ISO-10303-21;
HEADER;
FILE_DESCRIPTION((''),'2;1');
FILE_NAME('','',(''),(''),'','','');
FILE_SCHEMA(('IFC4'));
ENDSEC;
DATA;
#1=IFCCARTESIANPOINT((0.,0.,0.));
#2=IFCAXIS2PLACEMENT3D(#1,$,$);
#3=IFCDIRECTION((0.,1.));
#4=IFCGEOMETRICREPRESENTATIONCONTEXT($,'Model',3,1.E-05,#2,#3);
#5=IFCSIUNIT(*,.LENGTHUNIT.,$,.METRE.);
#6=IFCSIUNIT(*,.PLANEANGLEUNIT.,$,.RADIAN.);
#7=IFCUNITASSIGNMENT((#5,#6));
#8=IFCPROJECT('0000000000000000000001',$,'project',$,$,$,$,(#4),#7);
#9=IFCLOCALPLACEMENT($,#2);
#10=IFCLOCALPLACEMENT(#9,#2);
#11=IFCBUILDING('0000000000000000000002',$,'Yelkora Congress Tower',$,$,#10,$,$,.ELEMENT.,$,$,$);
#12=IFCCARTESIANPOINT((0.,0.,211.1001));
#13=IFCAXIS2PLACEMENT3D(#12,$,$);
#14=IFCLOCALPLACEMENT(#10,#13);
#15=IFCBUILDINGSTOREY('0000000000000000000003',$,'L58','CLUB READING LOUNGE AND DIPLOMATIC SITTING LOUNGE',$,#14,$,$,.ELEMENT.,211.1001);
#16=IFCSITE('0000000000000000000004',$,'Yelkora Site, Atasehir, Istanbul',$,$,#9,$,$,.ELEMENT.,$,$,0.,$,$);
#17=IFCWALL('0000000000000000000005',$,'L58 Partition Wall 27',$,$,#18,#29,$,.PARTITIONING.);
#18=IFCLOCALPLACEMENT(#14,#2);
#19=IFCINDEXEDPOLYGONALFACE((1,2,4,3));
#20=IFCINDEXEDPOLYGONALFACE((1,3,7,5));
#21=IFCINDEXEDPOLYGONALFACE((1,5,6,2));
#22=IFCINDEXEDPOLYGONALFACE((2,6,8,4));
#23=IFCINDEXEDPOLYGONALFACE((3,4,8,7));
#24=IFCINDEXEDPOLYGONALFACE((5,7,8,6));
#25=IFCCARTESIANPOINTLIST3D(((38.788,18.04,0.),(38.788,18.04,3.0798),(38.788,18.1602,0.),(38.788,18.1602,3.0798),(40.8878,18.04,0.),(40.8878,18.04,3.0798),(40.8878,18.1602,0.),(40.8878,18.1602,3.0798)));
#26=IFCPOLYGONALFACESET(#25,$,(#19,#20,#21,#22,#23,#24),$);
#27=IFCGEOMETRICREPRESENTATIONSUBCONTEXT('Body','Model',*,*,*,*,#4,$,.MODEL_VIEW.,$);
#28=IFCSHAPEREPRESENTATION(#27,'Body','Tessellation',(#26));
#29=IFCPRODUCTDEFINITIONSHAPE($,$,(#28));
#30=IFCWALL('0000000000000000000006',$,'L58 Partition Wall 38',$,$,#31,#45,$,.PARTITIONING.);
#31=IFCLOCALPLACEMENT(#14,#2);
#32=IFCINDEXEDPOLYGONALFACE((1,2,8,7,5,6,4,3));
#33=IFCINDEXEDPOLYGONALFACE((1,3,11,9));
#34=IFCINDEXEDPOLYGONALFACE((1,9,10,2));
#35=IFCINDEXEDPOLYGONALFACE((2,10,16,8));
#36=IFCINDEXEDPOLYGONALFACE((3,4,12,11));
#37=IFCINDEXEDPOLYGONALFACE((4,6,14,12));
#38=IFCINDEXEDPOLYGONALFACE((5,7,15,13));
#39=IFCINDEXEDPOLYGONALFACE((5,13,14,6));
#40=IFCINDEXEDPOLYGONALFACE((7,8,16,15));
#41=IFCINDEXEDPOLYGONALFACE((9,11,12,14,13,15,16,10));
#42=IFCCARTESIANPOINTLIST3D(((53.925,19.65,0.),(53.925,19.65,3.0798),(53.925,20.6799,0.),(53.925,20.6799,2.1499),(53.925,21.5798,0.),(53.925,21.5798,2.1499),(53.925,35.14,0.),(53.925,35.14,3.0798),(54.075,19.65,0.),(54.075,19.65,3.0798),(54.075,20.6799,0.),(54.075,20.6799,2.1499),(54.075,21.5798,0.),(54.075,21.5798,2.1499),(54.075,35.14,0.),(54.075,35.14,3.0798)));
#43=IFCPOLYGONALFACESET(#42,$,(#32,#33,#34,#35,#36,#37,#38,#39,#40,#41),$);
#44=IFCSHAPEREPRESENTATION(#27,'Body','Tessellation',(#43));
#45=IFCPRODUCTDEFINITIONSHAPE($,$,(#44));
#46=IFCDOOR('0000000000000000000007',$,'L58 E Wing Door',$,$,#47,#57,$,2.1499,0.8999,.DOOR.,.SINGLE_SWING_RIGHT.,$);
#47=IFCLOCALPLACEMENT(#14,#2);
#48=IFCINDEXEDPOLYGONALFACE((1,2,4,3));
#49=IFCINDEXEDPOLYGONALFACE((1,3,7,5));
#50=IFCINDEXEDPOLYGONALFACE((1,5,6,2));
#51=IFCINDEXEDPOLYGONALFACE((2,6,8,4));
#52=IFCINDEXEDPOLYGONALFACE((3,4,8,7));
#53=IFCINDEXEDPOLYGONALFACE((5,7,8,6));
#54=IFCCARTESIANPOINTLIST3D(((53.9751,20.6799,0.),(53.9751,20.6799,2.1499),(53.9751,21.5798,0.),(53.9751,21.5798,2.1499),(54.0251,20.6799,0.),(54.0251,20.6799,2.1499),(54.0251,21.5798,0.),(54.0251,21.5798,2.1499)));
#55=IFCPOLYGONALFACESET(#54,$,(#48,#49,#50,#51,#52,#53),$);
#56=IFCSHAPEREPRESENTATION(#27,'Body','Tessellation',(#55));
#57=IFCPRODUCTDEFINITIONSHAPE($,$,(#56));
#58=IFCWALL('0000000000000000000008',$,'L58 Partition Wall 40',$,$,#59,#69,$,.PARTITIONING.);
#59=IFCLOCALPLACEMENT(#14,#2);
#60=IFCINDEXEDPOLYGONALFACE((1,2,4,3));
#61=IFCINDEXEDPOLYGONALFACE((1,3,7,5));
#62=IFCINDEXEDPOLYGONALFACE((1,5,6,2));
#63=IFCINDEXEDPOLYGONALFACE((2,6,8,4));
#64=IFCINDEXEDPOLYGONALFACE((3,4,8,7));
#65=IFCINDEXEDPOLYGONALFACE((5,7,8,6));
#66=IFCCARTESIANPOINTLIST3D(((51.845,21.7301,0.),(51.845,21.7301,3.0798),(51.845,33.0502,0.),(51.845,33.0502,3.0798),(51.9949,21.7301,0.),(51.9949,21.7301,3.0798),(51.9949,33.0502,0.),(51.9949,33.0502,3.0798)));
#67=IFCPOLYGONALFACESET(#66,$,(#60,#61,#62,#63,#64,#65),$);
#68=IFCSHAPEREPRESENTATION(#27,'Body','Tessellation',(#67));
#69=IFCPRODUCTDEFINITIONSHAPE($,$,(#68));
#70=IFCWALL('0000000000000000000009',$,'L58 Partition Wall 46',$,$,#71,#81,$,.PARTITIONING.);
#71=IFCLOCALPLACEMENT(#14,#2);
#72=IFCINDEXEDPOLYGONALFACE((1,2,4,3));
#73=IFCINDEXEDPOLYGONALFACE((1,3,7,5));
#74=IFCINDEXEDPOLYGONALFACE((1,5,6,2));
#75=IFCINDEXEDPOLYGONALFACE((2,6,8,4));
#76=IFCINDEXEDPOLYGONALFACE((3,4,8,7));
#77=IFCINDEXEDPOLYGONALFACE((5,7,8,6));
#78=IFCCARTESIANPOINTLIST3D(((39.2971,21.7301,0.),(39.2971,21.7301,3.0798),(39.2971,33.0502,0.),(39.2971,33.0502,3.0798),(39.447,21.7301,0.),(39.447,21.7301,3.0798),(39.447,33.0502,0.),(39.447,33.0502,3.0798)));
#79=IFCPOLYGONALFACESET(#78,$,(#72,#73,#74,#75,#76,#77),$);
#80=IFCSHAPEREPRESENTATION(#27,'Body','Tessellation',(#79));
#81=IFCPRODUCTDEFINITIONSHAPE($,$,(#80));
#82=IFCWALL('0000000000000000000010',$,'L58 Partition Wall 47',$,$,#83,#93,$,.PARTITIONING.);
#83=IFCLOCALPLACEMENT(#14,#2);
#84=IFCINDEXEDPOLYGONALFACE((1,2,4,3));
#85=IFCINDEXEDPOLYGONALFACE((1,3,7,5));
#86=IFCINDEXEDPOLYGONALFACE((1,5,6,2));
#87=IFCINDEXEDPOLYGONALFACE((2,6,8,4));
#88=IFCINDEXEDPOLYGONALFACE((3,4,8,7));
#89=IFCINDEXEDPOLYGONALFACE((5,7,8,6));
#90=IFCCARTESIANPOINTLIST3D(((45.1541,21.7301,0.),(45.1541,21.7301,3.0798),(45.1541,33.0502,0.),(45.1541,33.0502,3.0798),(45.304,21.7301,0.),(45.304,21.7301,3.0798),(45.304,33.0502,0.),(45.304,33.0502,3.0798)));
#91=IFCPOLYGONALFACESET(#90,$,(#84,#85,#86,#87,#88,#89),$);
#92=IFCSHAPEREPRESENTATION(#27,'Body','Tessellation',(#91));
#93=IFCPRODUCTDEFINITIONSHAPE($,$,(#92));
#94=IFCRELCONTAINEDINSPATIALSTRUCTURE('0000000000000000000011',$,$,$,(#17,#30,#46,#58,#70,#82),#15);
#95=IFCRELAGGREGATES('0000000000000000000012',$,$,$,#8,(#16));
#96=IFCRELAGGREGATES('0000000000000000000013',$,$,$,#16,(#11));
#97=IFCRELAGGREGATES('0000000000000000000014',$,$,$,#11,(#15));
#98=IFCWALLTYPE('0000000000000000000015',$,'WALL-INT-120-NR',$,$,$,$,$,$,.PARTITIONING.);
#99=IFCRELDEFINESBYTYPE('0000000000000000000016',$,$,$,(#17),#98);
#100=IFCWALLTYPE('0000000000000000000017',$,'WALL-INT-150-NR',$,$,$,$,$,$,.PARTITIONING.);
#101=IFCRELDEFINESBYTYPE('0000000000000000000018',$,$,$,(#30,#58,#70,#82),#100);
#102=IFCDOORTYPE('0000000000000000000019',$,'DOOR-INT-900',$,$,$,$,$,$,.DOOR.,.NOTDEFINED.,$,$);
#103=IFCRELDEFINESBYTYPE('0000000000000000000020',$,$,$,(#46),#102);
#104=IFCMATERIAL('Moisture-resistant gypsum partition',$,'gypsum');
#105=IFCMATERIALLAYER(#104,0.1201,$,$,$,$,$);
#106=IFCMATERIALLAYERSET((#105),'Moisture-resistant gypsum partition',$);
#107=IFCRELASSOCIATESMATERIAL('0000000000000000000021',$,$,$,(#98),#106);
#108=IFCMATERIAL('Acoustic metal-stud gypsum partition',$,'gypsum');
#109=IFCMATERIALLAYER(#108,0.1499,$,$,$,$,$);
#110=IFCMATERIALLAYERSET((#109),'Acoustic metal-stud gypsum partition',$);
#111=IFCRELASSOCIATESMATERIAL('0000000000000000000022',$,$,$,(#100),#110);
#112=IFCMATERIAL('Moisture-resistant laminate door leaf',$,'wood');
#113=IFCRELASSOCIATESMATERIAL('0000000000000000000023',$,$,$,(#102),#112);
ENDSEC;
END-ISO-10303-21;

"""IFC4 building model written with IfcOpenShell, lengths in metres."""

from ifc_helpers import new_model, si_unit, direction, frame, frame_2d, origin, place, context, subcontext, project, spatial, rectangle, extrude, material, layer, layer_set, type_object, element, fill, save


model = new_model("IFC4")

# Units and contexts
model_context = context("Model", 3, precision=1e-05, world=origin(), true_north=direction((0.0, 1.0)))
body_context = subcontext(model_context, "Body", "Model", "MODEL_VIEW")
ifc_project = project(units=[si_unit("LENGTHUNIT", "METRE"), si_unit("PLANEANGLEUNIT", "RADIAN")], contexts=[model_context])

# Site, building, storey
site_placement = place(None, origin())
site = spatial("IfcSite", under=ifc_project, at=site_placement, Name="Yelkora Site, Atasehir, Istanbul", CompositionType="ELEMENT", RefElevation=0.0)
building_placement = place(site_placement, origin())
building = spatial("IfcBuilding", under=site, at=building_placement, Name="Yelkora Congress Tower", CompositionType="ELEMENT")
storey_placement = place(building_placement, frame((0.0, 0.0, 211.1001)))
storey = spatial("IfcBuildingStorey", under=building, at=storey_placement, Name="L58", Description="CLUB READING LOUNGE AND DIPLOMATIC SITTING LOUNGE", CompositionType="ELEMENT", Elevation=211.1001)

# Wall
ifc_material_1 = material(Name="Moisture-resistant gypsum partition", Category="gypsum")
ifc_layer_1 = layer(ifc_material_1, 0.1201)
ifc_layer_set_1 = layer_set([ifc_layer_1], Name="Moisture-resistant gypsum partition")
wall_type_1 = type_object("IfcWallType", Name="WALL-INT-120-NR", PredefinedType="PARTITIONING", material=ifc_layer_set_1)
wall_1_placement = place(storey_placement, frame((38.7881, 18.1001, 0.0), z_axis=(0.0, 0.0, 1.0), x_axis=(1.0, 0.0, 0.0)))
element("IfcWall", 1, at=wall_1_placement, inside=storey, type_object=wall_type_1, Name="L58 Partition Wall 27", PredefinedType="PARTITIONING", context=body_context, shape_type="SweptSolid", body=[
    extrude(rectangle(XDim=2.0999, YDim=0.1201, at=frame_2d((1.0498, 0.0))), origin(), (0.0, 0.0, 1.0), 3.0798),
])

# Wall, opening, door
ifc_material_2 = material(Name="Acoustic metal-stud gypsum partition", Category="gypsum")
ifc_layer_2 = layer(ifc_material_2, 0.1499)
ifc_layer_set_2 = layer_set([ifc_layer_2], Name="Acoustic metal-stud gypsum partition")
wall_type_2 = type_object("IfcWallType", Name="WALL-INT-150-NR", PredefinedType="PARTITIONING", material=ifc_layer_set_2)
wall_2_placement = place(storey_placement, frame((54.0, 19.6499, 0.0), z_axis=(0.0, 0.0, 1.0), x_axis=(0.0, 1.0, 0.0)))
wall_2 = element("IfcWall", 2, at=wall_2_placement, inside=storey, type_object=wall_type_2, Name="L58 Partition Wall 38", PredefinedType="PARTITIONING", context=body_context, shape_type="SweptSolid", body=[
    extrude(rectangle(XDim=15.49, YDim=0.1499, at=frame_2d((7.7451, 0.0))), origin(), (0.0, 0.0, 1.0), 3.0798),
])
opening_1_placement = place(wall_2_placement, frame((1.03, 0.0, 0.0)))
opening_1 = element("IfcOpeningElement", 3, at=opening_1_placement, cuts=wall_2, PredefinedType="OPENING", context=body_context, shape_type="SweptSolid", body=[
    extrude(rectangle(XDim=0.8999, YDim=2.1499, at=frame_2d((0.45, 1.075))), frame((0.0, 0.085, 0.0), z_axis=(0.0, -1.0, 0.0), x_axis=(1.0, 0.0, 0.0)), (0.0, 0.0, 1.0), 0.1699),
])
ifc_material_3 = material(Name="Moisture-resistant laminate door leaf", Category="wood")
door_type_1 = type_object("IfcDoorType", Name="DOOR-INT-900", OperationType="NOTDEFINED", PredefinedType="DOOR", material=ifc_material_3)
door_1_placement = place(opening_1_placement, origin())
door_1 = element("IfcDoor", 4, at=door_1_placement, inside=storey, type_object=door_type_1, Name="L58 E Wing Door", OperationType="SINGLE_SWING_RIGHT", OverallHeight=2.1499, OverallWidth=0.8999, PredefinedType="DOOR", context=body_context, shape_type="SweptSolid", body=[
    extrude(rectangle(XDim=0.8999, YDim=2.1499, at=frame_2d((0.45, 1.075))), frame((0.0, 0.0249, 0.0), z_axis=(0.0, -1.0, 0.0), x_axis=(1.0, 0.0, 0.0)), (0.0, 0.0, 1.0), 0.05),
])
fill(opening_1, door_1)

# Walls
for number, where, z_axis, x_axis, name in (
    (5, (51.9199, 21.73, 0.0), (0.0, 0.0, 1.0), (0.0, 1.0, 0.0), "L58 Partition Wall 40"),
    (6, (39.3721, 21.73, 0.0), (0.0, 0.0, 1.0), (0.0, 1.0, 0.0), "L58 Partition Wall 46"),
    (7, (45.229, 21.73, 0.0), (0.0, 0.0, 1.0), (0.0, 1.0, 0.0), "L58 Partition Wall 47"),
):
    element("IfcWall", number, at=place(storey_placement, frame(where, z_axis=z_axis, x_axis=x_axis)), inside=storey, type_object=wall_type_2, Name=name, PredefinedType="PARTITIONING", context=body_context, shape_type="SweptSolid", body=[
        extrude(rectangle(XDim=11.3201, YDim=0.1499, at=frame_2d((5.6602, 0.0))), origin(), (0.0, 0.0, 1.0), 3.0798),
    ])

save(model, "model.ifc")
